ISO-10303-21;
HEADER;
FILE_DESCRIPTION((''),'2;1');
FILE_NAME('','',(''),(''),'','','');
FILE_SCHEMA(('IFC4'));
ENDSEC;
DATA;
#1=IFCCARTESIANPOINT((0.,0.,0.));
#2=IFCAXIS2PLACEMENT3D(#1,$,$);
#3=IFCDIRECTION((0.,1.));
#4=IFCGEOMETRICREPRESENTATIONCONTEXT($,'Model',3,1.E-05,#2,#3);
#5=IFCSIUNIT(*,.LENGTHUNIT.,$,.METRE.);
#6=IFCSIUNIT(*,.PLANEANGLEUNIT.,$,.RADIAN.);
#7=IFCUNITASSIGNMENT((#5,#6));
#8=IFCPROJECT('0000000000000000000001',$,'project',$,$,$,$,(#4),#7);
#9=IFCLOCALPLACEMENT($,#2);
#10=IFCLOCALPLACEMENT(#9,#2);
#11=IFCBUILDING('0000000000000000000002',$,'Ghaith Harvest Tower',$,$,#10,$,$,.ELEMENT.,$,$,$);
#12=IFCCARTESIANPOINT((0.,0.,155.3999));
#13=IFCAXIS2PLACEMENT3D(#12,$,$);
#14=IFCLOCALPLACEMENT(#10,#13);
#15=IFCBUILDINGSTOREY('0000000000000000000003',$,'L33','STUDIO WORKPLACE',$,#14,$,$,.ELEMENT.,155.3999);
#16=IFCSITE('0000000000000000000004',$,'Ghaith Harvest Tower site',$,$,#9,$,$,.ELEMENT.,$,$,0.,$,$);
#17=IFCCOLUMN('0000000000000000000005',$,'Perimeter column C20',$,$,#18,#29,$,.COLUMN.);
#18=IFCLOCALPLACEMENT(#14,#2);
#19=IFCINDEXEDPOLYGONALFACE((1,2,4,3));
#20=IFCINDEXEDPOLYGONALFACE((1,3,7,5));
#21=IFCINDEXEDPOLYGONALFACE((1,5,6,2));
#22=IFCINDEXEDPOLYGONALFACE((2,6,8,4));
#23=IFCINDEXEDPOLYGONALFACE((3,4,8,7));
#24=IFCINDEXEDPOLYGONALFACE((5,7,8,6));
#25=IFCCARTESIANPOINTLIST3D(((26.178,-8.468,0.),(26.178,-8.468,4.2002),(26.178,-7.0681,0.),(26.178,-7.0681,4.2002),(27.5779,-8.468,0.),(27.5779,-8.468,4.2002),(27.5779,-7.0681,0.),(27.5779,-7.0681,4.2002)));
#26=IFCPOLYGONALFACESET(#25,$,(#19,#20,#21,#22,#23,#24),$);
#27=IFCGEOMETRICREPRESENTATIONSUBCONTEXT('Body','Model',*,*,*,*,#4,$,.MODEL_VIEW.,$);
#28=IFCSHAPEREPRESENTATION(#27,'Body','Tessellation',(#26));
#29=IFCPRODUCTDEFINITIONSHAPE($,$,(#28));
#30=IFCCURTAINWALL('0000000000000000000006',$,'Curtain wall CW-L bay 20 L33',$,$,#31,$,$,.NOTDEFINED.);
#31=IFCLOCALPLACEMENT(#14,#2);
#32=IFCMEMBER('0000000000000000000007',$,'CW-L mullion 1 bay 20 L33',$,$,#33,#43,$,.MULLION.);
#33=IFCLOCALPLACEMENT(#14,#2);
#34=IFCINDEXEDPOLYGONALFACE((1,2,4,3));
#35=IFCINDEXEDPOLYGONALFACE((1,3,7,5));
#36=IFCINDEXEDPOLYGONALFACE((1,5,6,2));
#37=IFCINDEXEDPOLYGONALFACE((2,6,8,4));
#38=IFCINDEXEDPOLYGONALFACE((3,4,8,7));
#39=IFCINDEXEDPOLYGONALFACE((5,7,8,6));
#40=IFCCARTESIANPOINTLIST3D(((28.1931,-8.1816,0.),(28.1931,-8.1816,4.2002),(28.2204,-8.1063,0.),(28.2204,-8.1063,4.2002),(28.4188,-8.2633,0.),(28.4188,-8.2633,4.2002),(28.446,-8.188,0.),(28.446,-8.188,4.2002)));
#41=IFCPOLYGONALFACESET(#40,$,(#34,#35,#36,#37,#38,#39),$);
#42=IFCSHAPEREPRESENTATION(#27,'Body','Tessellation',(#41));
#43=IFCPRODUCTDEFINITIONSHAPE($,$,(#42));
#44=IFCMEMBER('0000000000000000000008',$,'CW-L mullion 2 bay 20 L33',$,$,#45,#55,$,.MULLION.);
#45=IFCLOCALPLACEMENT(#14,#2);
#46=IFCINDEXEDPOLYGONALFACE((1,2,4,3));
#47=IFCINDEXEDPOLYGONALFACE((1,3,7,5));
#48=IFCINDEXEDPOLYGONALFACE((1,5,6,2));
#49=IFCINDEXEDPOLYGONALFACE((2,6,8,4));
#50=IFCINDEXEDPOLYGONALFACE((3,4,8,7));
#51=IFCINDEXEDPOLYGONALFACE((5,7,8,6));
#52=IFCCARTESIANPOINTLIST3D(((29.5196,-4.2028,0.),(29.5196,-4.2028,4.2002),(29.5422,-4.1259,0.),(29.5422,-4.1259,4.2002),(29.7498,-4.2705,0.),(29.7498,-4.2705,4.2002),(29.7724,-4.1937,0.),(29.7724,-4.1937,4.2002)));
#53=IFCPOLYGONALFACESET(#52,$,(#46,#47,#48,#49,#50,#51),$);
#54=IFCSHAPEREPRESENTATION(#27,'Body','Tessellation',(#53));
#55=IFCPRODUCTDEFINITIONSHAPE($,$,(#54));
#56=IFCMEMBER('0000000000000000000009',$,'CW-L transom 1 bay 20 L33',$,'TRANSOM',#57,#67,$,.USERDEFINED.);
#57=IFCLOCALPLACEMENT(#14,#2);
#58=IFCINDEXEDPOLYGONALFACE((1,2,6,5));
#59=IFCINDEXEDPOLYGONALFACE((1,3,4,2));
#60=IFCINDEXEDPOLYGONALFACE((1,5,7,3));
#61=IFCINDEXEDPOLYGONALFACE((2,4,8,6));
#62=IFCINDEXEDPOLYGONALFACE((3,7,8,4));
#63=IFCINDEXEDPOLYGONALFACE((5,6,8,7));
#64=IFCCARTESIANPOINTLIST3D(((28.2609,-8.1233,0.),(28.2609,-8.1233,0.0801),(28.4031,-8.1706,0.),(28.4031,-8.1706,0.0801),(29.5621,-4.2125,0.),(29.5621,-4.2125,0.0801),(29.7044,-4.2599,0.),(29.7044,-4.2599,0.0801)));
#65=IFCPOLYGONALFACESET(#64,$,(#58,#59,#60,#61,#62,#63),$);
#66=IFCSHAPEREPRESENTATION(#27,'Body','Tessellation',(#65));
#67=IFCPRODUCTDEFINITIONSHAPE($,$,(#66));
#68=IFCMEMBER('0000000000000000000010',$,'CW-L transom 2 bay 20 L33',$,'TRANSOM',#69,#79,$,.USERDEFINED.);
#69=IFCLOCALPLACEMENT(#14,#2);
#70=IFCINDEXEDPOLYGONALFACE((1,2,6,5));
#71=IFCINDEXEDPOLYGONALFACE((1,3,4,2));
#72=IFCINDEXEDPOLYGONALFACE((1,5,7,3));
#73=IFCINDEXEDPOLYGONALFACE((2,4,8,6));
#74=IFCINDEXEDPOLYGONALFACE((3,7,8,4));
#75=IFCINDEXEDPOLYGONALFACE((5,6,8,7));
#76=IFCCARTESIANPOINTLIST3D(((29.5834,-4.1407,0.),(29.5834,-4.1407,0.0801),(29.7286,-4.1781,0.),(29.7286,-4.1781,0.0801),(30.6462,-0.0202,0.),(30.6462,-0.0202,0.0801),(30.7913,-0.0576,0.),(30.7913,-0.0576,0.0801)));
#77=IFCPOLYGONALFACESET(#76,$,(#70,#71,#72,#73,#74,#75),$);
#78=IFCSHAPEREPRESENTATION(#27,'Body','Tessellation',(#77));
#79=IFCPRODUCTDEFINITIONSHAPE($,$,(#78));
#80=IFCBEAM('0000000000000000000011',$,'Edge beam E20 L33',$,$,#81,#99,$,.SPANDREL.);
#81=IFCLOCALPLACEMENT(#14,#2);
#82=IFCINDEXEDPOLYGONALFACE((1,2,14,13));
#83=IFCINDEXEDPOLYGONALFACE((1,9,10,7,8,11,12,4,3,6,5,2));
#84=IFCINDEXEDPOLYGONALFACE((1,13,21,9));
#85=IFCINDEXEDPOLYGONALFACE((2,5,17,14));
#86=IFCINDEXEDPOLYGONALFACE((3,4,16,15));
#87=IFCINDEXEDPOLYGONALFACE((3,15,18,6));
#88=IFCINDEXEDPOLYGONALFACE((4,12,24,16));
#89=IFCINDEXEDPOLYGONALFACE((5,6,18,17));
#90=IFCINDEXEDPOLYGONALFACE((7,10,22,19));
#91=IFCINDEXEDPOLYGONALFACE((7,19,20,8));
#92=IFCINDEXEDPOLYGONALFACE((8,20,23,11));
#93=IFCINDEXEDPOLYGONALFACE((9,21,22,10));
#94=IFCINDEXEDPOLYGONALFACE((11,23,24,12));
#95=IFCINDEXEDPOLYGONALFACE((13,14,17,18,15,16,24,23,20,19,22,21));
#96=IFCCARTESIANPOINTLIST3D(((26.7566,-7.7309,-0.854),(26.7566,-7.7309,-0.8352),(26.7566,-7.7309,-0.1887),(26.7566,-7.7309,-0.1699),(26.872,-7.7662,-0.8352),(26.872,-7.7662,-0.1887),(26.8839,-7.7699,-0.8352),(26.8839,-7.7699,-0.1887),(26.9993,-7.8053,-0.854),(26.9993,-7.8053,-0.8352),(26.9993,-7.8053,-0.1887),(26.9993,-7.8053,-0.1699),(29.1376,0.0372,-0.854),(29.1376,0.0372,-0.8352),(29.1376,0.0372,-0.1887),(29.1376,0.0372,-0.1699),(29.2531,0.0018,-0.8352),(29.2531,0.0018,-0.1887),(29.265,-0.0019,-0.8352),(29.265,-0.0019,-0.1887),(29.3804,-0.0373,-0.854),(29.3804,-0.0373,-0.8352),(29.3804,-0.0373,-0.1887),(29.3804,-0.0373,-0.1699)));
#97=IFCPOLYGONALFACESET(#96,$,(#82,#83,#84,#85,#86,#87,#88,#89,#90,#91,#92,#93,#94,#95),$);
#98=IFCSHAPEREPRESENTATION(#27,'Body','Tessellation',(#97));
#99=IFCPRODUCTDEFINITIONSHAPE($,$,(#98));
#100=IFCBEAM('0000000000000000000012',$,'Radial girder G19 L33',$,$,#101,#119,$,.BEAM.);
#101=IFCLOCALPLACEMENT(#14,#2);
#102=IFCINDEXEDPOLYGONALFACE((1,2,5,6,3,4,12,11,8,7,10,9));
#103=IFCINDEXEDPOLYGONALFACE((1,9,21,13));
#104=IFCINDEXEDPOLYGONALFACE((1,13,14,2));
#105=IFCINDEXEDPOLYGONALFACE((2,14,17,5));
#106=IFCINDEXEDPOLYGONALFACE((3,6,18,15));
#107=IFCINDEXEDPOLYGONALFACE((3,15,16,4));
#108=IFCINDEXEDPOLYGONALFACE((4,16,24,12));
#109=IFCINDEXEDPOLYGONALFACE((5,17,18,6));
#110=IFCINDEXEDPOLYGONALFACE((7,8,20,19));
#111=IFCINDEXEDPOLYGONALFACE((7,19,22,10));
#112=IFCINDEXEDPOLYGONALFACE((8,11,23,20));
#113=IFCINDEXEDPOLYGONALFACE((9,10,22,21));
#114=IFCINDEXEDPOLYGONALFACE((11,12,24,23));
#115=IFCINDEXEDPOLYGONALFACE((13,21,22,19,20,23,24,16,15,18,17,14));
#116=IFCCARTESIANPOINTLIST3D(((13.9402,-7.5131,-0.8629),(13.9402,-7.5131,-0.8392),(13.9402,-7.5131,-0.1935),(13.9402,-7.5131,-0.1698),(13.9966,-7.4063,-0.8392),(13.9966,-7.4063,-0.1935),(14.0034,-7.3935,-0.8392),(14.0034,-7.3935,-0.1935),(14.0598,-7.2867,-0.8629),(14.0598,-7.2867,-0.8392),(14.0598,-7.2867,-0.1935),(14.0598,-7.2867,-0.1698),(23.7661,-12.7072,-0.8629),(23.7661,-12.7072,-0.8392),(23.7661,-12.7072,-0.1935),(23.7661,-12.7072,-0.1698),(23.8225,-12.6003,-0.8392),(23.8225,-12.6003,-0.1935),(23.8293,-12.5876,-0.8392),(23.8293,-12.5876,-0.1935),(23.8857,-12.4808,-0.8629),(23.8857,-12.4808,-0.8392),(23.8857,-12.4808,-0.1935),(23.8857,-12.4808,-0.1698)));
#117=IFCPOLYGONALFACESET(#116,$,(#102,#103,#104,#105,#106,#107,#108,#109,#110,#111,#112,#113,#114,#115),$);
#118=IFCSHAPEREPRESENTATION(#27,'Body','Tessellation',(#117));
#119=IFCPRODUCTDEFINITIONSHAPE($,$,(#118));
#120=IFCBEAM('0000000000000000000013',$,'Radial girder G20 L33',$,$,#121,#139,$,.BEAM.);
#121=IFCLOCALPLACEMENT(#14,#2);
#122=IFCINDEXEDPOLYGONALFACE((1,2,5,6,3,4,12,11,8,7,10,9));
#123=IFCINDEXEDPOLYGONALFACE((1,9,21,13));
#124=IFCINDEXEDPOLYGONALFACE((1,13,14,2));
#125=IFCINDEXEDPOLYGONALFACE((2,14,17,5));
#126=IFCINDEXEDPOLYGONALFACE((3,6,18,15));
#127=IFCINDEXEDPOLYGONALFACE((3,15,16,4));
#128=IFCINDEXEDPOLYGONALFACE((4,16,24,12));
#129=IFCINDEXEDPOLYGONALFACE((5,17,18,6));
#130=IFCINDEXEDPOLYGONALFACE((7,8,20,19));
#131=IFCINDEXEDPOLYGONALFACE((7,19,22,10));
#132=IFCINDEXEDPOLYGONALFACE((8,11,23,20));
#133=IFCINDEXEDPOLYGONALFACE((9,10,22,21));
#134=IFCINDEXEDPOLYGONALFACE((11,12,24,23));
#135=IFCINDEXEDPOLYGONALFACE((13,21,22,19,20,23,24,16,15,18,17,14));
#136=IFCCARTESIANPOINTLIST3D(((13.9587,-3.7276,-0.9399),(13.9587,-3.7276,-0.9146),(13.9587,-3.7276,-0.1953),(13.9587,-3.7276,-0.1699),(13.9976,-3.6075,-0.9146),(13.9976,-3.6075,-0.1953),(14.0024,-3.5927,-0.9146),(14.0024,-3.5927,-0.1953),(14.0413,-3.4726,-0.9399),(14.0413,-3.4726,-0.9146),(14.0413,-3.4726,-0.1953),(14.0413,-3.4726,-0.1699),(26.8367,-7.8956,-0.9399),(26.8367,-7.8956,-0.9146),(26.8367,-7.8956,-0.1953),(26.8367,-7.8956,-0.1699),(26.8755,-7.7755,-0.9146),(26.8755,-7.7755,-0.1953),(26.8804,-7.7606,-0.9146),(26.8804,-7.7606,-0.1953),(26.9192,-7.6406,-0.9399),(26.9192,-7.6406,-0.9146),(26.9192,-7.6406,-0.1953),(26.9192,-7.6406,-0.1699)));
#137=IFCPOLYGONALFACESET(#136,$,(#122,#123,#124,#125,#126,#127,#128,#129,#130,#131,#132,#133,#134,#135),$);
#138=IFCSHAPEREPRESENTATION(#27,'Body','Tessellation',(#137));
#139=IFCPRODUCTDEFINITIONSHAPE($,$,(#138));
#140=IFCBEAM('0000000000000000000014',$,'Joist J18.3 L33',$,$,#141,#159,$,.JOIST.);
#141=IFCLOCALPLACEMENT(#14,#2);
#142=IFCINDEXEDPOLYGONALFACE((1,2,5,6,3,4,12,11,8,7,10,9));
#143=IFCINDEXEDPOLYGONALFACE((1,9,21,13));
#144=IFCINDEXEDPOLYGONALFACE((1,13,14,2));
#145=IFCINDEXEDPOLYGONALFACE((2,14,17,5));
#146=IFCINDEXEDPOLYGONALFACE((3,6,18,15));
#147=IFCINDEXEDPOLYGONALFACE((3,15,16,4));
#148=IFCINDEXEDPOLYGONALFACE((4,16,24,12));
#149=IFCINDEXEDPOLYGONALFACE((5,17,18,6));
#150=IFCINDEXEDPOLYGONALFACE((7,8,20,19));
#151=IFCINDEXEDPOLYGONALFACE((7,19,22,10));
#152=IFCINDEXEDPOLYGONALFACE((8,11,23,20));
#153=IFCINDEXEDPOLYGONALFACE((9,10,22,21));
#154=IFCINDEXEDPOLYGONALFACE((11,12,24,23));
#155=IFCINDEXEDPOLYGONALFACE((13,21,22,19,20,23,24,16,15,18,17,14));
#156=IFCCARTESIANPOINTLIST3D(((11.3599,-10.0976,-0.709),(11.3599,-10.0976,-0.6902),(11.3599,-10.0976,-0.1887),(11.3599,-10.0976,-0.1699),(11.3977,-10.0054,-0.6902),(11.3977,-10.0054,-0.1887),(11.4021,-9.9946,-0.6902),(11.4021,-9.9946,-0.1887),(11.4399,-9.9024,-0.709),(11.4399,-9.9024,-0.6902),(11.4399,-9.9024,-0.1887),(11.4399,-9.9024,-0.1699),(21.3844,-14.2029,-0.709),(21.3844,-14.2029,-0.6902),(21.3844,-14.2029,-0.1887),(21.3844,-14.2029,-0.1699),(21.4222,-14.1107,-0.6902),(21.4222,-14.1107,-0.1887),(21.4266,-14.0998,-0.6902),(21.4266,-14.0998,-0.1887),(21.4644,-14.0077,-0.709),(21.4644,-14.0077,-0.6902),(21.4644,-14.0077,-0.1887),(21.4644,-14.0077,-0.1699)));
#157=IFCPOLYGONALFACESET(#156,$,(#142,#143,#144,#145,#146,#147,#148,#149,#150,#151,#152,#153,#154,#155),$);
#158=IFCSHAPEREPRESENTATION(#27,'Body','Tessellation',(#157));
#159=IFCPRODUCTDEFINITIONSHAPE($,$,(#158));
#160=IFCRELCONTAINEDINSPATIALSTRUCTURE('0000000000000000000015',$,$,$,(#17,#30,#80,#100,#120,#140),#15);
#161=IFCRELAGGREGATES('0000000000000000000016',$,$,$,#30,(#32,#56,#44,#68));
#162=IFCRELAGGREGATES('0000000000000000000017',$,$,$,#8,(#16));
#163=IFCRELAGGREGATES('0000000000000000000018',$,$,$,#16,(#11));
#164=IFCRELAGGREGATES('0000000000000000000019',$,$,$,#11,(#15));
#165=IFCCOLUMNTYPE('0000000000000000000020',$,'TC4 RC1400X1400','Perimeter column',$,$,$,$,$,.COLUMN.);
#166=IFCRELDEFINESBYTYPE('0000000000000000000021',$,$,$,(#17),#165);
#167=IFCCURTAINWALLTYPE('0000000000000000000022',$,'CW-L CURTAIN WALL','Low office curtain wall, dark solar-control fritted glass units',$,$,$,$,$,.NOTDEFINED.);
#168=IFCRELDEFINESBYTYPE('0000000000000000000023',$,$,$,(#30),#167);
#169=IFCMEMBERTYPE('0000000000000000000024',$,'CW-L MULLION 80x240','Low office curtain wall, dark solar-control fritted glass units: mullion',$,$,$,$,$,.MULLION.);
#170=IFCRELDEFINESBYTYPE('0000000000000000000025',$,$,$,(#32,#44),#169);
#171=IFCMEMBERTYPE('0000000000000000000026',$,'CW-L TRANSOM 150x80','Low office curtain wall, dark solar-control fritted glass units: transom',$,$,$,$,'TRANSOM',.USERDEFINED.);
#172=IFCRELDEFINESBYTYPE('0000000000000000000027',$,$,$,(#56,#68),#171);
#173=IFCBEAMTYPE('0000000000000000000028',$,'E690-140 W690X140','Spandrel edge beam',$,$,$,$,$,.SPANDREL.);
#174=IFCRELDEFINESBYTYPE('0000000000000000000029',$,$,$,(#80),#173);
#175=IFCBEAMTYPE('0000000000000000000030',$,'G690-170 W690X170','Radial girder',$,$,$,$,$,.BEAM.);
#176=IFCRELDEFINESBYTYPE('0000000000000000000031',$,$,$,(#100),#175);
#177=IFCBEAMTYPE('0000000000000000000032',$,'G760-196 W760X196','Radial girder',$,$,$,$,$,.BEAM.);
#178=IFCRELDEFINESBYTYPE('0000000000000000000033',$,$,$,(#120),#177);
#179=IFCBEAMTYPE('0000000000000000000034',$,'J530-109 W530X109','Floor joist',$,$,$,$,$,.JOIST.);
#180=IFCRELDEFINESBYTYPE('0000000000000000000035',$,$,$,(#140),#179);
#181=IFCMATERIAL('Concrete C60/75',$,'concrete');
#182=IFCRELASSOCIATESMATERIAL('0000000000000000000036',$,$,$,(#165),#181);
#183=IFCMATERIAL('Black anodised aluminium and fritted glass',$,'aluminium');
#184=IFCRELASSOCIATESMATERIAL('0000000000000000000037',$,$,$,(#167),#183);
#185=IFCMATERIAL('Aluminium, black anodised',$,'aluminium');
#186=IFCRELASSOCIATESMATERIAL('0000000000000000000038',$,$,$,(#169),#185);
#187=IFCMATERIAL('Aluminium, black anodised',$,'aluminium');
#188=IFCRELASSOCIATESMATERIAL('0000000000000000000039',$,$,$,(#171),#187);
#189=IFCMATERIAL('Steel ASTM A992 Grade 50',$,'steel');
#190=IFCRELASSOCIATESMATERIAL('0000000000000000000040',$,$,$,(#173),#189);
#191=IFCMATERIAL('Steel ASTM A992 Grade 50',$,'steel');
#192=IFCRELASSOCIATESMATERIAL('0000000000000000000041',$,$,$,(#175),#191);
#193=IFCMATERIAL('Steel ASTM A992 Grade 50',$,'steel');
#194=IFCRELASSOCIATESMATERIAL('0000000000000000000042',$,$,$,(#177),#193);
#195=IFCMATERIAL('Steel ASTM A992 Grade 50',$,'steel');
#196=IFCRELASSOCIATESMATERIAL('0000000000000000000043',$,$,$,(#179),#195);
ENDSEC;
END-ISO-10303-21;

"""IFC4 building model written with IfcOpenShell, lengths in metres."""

from ifc_helpers import new_model, si_unit, direction, frame, origin, origin_2d, place, context, subcontext, project, spatial, rectangle, i_section, extrude, material, material_profile, profile_set, type_object, element, aggregate, save


model = new_model("IFC4")

# Units and contexts
model_context = context("Model", 3, precision=1e-05, world=origin(), true_north=direction((0.0, 1.0)))
body_context = subcontext(model_context, "Body", "Model", "MODEL_VIEW")
ifc_project = project(units=[si_unit("LENGTHUNIT", "METRE"), si_unit("PLANEANGLEUNIT", "RADIAN")], contexts=[model_context])

# Site, building, storey
site_placement = place(None, origin())
site = spatial("IfcSite", under=ifc_project, at=site_placement, Name="Ghaith Harvest Tower site", CompositionType="ELEMENT", RefElevation=0.0)
building_placement = place(site_placement, origin())
building = spatial("IfcBuilding", under=site, at=building_placement, Name="Ghaith Harvest Tower", CompositionType="ELEMENT")
storey_placement = place(building_placement, frame((0.0, 0.0, 155.3999)))
storey = spatial("IfcBuildingStorey", under=building, at=storey_placement, Name="L33", Description="STUDIO WORKPLACE", CompositionType="ELEMENT", Elevation=155.3999)

# Column
ifc_material_1 = material(Name="Concrete C60/75", Category="concrete")
ifc_material_profile_1 = material_profile(ifc_material_1, rectangle(XDim=1.3999, YDim=1.3999, at=origin_2d()), Name="RC1400X1400")
ifc_profile_set_1 = profile_set([ifc_material_profile_1], Name="Concrete C60/75")
column_type = type_object("IfcColumnType", Name="TC4 RC1400X1400", Description="Perimeter column", PredefinedType="COLUMN", material=ifc_profile_set_1)
column_placement = place(storey_placement, frame((26.8779, -7.7681, 0.0), z_axis=(0.0, 0.0, 1.0), x_axis=(1.0, 0.0, 0.0)))
element("IfcColumn", 1, at=column_placement, inside=storey, type_object=column_type, Name="Perimeter column C20", PredefinedType="COLUMN", context=body_context, shape_type="SweptSolid", body=[
    extrude(rectangle(XDim=1.3999, YDim=1.3999, at=origin_2d()), origin(), (0.0, 0.0, 1.0), 4.2002),
])

# Curtain wall, members
ifc_material_2 = material(Name="Black anodised aluminium and fritted glass", Category="aluminium")
curtain_wall_type = type_object("IfcCurtainWallType", Name="CW-L CURTAIN WALL", Description="Low office curtain wall, dark solar-control fritted glass units", PredefinedType="NOTDEFINED", material=ifc_material_2)
curtain_wall_1_placement = place(storey_placement, origin())
curtain_wall_1 = element("IfcCurtainWall", 2, at=curtain_wall_1_placement, inside=storey, type_object=curtain_wall_type, Name="Curtain wall CW-L bay 20 L33", PredefinedType="NOTDEFINED")
ifc_material_3 = material(Name="Aluminium, black anodised", Category="aluminium")
ifc_material_profile_2 = material_profile(ifc_material_3, rectangle(XDim=0.0801, YDim=0.24, at=origin_2d()), Name="CW-L MULLION 80x240")
ifc_profile_set_2 = profile_set([ifc_material_profile_2], Name="Aluminium, black anodised")
member_type_1 = type_object("IfcMemberType", Name="CW-L MULLION 80x240", Description="Low office curtain wall, dark solar-control fritted glass units: mullion", PredefinedType="MULLION", material=ifc_profile_set_2)
member_1_placement = place(storey_placement, frame((28.3196, -8.1848, 0.0), z_axis=(0.0, 0.0, 1.0), x_axis=(0.340574, 0.940218, 0.0)))
member_1 = element("IfcMember", 3, at=member_1_placement, type_object=member_type_1, Name="CW-L mullion 1 bay 20 L33", PredefinedType="MULLION", context=body_context, shape_type="SweptSolid", body=[
    extrude(rectangle(XDim=0.0801, YDim=0.24, at=origin_2d()), origin(), (0.0, 0.0, 1.0), 4.2002),
])
member_2_placement = place(storey_placement, frame((29.646, -4.1982, 0.0), z_axis=(0.0, 0.0, 1.0), x_axis=(0.282375, 0.959304, 0.0)))
member_2 = element("IfcMember", 4, at=member_2_placement, type_object=member_type_1, Name="CW-L mullion 2 bay 20 L33", PredefinedType="MULLION", context=body_context, shape_type="SweptSolid", body=[
    extrude(rectangle(XDim=0.0801, YDim=0.24, at=origin_2d()), origin(), (0.0, 0.0, 1.0), 4.2002),
])
ifc_material_4 = material(Name="Aluminium, black anodised", Category="aluminium")
ifc_material_profile_3 = material_profile(ifc_material_4, rectangle(XDim=0.1499, YDim=0.0801, at=origin_2d()), Name="CW-L TRANSOM 150x80")
ifc_profile_set_3 = profile_set([ifc_material_profile_3], Name="Aluminium, black anodised")
member_type_2 = type_object("IfcMemberType", Name="CW-L TRANSOM 150x80", Description="Low office curtain wall, dark solar-control fritted glass units: transom", ElementType="TRANSOM", PredefinedType="USERDEFINED", material=ifc_profile_set_3)
member_3_placement = place(storey_placement, frame((28.332, -8.147, 0.04), z_axis=(0.315712, 0.948855, 0.0), x_axis=(-0.948855, 0.315712, 0.0)))
member_3 = element("IfcMember", 5, at=member_3_placement, type_object=member_type_2, Name="CW-L transom 1 bay 20 L33", ObjectType="TRANSOM", PredefinedType="USERDEFINED", context=body_context, shape_type="SweptSolid", body=[
    extrude(rectangle(XDim=0.1499, YDim=0.0801, at=origin_2d()), origin(), (0.0, 0.0, 1.0), 4.1216),
])
member_4_placement = place(storey_placement, frame((29.656, -4.1594, 0.04), z_axis=(0.249737, 0.968314, 0.0), x_axis=(-0.968314, 0.249737, 0.0)))
member_4 = element("IfcMember", 6, at=member_4_placement, type_object=member_type_2, Name="CW-L transom 2 bay 20 L33", ObjectType="TRANSOM", PredefinedType="USERDEFINED", context=body_context, shape_type="SweptSolid", body=[
    extrude(rectangle(XDim=0.1499, YDim=0.0801, at=origin_2d()), origin(), (0.0, 0.0, 1.0), 4.2554),
])

# Beams
ifc_material_5 = material(Name="Steel ASTM A992 Grade 50", Category="steel")
ifc_material_profile_4 = material_profile(ifc_material_5, i_section(OverallWidth=0.2539, OverallDepth=0.6841, WebThickness=0.0125, FlangeThickness=0.0188, at=origin_2d()), Name="W690X140")
ifc_profile_set_4 = profile_set([ifc_material_profile_4], Name="Steel ASTM A992 Grade 50")
beam_type_1 = type_object("IfcBeamType", Name="E690-140 W690X140", Description="Spandrel edge beam", PredefinedType="SPANDREL", material=ifc_profile_set_4)
beam_1_placement = place(storey_placement, frame((26.8779, -7.7681, -0.512), z_axis=(0.293066, 0.956092, 0.0), x_axis=(-0.956092, 0.293066, 0.0)))
element("IfcBeam", 7, at=beam_1_placement, inside=storey, type_object=beam_type_1, Name="Edge beam E20 L33", PredefinedType="SPANDREL", context=body_context, shape_type="SweptSolid", body=[
    extrude(i_section(OverallWidth=0.2539, OverallDepth=0.6841, WebThickness=0.0125, FlangeThickness=0.0188, at=origin_2d()), origin(), (0.0, 0.0, 1.0), 8.1248),
])
ifc_material_6 = material(Name="Steel ASTM A992 Grade 50", Category="steel")
ifc_material_profile_5 = material_profile(ifc_material_6, i_section(OverallWidth=0.2561, OverallDepth=0.6931, WebThickness=0.0144, FlangeThickness=0.0237, at=origin_2d()), Name="W690X170")
ifc_profile_set_5 = profile_set([ifc_material_profile_5], Name="Steel ASTM A992 Grade 50")
beam_type_2 = type_object("IfcBeamType", Name="G690-170 W690X170", Description="Radial girder", PredefinedType="BEAM", material=ifc_profile_set_5)
beam_2_placement = place(storey_placement, frame((14.0, -7.3999, -0.5164), z_axis=(0.884081, -0.467335, 0.0), x_axis=(0.467335, 0.884081, 0.0)))
element("IfcBeam", 8, at=beam_2_placement, inside=storey, type_object=beam_type_2, Name="Radial girder G19 L33", PredefinedType="BEAM", context=body_context, shape_type="SweptSolid", body=[
    extrude(i_section(OverallWidth=0.2561, OverallDepth=0.6931, WebThickness=0.0144, FlangeThickness=0.0237, at=origin_2d()), origin(), (0.0, 0.0, 1.0), 11.1143),
])
ifc_material_7 = material(Name="Steel ASTM A992 Grade 50", Category="steel")
ifc_material_profile_6 = material_profile(ifc_material_7, i_section(OverallWidth=0.2681, OverallDepth=0.77, WebThickness=0.0156, FlangeThickness=0.0254, at=origin_2d()), Name="W760X196")
ifc_profile_set_6 = profile_set([ifc_material_profile_6], Name="Steel ASTM A992 Grade 50")
beam_type_3 = type_object("IfcBeamType", Name="G760-196 W760X196", Description="Radial girder", PredefinedType="BEAM", material=ifc_profile_set_6)
beam_3_placement = place(storey_placement, frame((14.0, -3.6001, -0.5549), z_axis=(0.95141, -0.307926, 0.0), x_axis=(0.307926, 0.95141, 0.0)))
element("IfcBeam", 9, at=beam_3_placement, inside=storey, type_object=beam_type_3, Name="Radial girder G20 L33", PredefinedType="BEAM", context=body_context, shape_type="SweptSolid", body=[
    extrude(i_section(OverallWidth=0.2681, OverallDepth=0.77, WebThickness=0.0156, FlangeThickness=0.0254, at=origin_2d()), origin(), (0.0, 0.0, 1.0), 13.5356),
])
ifc_material_8 = material(Name="Steel ASTM A992 Grade 50", Category="steel")
ifc_material_profile_7 = material_profile(ifc_material_8, i_section(OverallWidth=0.2109, OverallDepth=0.5391, WebThickness=0.0117, FlangeThickness=0.0188, at=origin_2d()), Name="W530X109")
ifc_profile_set_7 = profile_set([ifc_material_profile_7], Name="Steel ASTM A992 Grade 50")
beam_type_4 = type_object("IfcBeamType", Name="J530-109 W530X109", Description="Floor joist", PredefinedType="JOIST", material=ifc_profile_set_7)
beam_4_placement = place(storey_placement, frame((11.3999, -10.0, -0.4395), z_axis=(0.925407, -0.378975, 0.0), x_axis=(0.378975, 0.925407, 0.0)))
element("IfcBeam", 10, at=beam_4_placement, inside=storey, type_object=beam_type_4, Name="Joist J18.3 L33", PredefinedType="JOIST", context=body_context, shape_type="SweptSolid", body=[
    extrude(i_section(OverallWidth=0.2109, OverallDepth=0.5391, WebThickness=0.0117, FlangeThickness=0.0188, at=origin_2d()), origin(), (0.0, 0.0, 1.0), 10.8325),
])

aggregate(curtain_wall_1, [member_1, member_3, member_2, member_4])

save(model, "model.ifc")
